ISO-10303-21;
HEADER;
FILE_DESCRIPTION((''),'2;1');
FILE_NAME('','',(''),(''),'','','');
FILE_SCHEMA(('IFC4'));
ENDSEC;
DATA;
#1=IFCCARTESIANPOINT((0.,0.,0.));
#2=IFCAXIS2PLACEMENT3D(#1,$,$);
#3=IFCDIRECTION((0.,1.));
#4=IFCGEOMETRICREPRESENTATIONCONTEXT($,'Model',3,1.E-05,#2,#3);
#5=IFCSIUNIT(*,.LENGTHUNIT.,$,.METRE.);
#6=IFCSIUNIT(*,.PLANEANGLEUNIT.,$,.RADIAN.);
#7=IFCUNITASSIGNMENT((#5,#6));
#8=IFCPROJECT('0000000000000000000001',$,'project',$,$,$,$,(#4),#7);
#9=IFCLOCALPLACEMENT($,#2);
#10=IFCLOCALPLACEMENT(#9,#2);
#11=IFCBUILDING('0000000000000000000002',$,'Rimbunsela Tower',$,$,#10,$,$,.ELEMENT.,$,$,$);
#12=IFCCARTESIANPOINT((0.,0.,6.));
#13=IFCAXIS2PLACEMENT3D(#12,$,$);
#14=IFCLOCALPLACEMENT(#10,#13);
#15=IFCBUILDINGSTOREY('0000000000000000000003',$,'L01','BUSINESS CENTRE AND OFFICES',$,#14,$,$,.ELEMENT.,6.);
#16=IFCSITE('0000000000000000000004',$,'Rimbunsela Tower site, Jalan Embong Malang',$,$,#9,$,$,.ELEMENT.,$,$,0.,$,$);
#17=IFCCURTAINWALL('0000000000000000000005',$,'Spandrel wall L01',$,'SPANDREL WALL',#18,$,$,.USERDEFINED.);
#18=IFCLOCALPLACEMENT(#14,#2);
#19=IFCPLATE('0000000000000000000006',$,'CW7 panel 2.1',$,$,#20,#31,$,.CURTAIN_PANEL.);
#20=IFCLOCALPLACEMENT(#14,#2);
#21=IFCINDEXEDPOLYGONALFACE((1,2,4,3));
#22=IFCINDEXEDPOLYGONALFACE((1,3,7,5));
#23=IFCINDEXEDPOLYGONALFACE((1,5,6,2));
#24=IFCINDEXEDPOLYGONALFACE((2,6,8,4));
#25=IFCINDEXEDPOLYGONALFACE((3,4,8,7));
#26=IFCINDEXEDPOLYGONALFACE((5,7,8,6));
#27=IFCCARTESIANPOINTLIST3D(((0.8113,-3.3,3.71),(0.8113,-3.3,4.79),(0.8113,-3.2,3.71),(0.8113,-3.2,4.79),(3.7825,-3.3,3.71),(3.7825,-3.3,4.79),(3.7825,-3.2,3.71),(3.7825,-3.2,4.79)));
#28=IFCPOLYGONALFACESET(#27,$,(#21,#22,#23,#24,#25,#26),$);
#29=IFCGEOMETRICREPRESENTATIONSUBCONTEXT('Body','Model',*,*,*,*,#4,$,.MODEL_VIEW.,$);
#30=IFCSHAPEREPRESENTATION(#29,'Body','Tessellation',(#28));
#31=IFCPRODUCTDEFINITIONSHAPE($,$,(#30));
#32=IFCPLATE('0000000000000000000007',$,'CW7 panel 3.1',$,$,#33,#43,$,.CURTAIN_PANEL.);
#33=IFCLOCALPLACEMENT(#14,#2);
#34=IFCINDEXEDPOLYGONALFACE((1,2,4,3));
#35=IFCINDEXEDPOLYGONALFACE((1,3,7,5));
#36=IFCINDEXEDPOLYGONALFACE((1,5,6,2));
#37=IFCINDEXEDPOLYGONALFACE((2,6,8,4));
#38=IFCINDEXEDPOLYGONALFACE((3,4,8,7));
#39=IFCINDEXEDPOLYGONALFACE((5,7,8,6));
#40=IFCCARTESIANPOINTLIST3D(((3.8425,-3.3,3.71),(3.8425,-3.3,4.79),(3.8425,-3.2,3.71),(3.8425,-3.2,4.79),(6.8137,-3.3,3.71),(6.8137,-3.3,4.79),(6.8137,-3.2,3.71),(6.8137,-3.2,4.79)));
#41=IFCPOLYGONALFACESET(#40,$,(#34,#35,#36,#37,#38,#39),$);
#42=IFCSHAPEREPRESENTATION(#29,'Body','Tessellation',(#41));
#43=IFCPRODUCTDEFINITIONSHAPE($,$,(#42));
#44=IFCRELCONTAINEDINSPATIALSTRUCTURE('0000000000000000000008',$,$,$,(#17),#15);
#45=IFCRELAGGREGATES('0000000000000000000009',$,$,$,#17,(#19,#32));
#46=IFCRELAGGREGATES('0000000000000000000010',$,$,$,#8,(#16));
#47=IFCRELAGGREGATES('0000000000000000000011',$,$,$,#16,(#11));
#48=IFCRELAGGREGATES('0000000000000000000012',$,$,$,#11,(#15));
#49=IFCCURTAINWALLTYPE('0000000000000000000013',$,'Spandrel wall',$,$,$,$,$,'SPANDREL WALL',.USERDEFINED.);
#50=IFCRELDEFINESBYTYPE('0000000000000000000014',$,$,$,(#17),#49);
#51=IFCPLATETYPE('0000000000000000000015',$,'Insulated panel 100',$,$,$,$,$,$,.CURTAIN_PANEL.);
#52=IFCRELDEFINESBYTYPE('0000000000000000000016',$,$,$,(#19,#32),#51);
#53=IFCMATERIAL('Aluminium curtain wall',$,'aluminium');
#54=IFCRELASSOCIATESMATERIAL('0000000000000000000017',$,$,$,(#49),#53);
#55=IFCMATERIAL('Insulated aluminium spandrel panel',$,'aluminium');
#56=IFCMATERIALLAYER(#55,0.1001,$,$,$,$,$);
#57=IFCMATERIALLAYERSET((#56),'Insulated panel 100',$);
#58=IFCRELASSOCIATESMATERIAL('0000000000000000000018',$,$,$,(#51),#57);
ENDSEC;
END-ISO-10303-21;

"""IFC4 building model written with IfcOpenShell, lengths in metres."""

from ifc_helpers import new_model, si_unit, direction, frame, origin, origin_2d, place, context, subcontext, project, spatial, rectangle, extrude, material, layer, layer_set, type_object, element, aggregate, save


model = new_model("IFC4")

# Units and contexts
model_context = context("Model", 3, precision=1e-05, world=origin(), true_north=direction((0.0, 1.0)))
body_context = subcontext(model_context, "Body", "Model", "MODEL_VIEW")
ifc_project = project(units=[si_unit("LENGTHUNIT", "METRE"), si_unit("PLANEANGLEUNIT", "RADIAN")], contexts=[model_context])

# Site, building, storey
site_placement = place(None, origin())
site = spatial("IfcSite", under=ifc_project, at=site_placement, Name="Rimbunsela Tower site, Jalan Embong Malang", CompositionType="ELEMENT", RefElevation=0.0)
building_placement = place(site_placement, origin())
building = spatial("IfcBuilding", under=site, at=building_placement, Name="Rimbunsela Tower", CompositionType="ELEMENT")
storey_placement = place(building_placement, frame((0.0, 0.0, 6.0)))
storey = spatial("IfcBuildingStorey", under=building, at=storey_placement, Name="L01", Description="BUSINESS CENTRE AND OFFICES", CompositionType="ELEMENT", Elevation=6.0)

# Curtain wall
ifc_material_1 = material(Name="Aluminium curtain wall", Category="aluminium")
curtain_wall_type_1 = type_object("IfcCurtainWallType", Name="Spandrel wall", ElementType="SPANDREL WALL", PredefinedType="USERDEFINED", material=ifc_material_1)
curtain_wall_1_placement = place(storey_placement, origin())
curtain_wall_1 = element("IfcCurtainWall", 1, at=curtain_wall_1_placement, inside=storey, type_object=curtain_wall_type_1, Name="Spandrel wall L01", ObjectType="SPANDREL WALL", PredefinedType="USERDEFINED")

# Plates
ifc_material_2 = material(Name="Insulated aluminium spandrel panel", Category="aluminium")
ifc_layer_1 = layer(ifc_material_2, 0.1001)
ifc_layer_set_1 = layer_set([ifc_layer_1], Name="Insulated panel 100")
plate_type_1 = type_object("IfcPlateType", Name="Insulated panel 100", PredefinedType="CURTAIN_PANEL", material=ifc_layer_set_1)
plate_1_placement = place(storey_placement, frame((2.2969, -3.25, 3.71), z_axis=(0.0, 0.0, 1.0), x_axis=(1.0, 0.0, 0.0)))
plate_1 = element("IfcPlate", 2, at=plate_1_placement, type_object=plate_type_1, Name="CW7 panel 2.1", PredefinedType="CURTAIN_PANEL", context=body_context, shape_type="SweptSolid", body=[
    extrude(rectangle(XDim=2.9712, YDim=0.1001, at=origin_2d()), origin(), (0.0, 0.0, 1.0), 1.0801),
])
plate_2_placement = place(storey_placement, frame((5.3281, -3.25, 3.71), z_axis=(0.0, 0.0, 1.0), x_axis=(1.0, 0.0, 0.0)))
plate_2 = element("IfcPlate", 3, at=plate_2_placement, type_object=plate_type_1, Name="CW7 panel 3.1", PredefinedType="CURTAIN_PANEL", context=body_context, shape_type="SweptSolid", body=[
    extrude(rectangle(XDim=2.9712, YDim=0.1001, at=origin_2d()), origin(), (0.0, 0.0, 1.0), 1.0801),
])
aggregate(curtain_wall_1, [plate_1, plate_2])

save(model, "model.ifc")
